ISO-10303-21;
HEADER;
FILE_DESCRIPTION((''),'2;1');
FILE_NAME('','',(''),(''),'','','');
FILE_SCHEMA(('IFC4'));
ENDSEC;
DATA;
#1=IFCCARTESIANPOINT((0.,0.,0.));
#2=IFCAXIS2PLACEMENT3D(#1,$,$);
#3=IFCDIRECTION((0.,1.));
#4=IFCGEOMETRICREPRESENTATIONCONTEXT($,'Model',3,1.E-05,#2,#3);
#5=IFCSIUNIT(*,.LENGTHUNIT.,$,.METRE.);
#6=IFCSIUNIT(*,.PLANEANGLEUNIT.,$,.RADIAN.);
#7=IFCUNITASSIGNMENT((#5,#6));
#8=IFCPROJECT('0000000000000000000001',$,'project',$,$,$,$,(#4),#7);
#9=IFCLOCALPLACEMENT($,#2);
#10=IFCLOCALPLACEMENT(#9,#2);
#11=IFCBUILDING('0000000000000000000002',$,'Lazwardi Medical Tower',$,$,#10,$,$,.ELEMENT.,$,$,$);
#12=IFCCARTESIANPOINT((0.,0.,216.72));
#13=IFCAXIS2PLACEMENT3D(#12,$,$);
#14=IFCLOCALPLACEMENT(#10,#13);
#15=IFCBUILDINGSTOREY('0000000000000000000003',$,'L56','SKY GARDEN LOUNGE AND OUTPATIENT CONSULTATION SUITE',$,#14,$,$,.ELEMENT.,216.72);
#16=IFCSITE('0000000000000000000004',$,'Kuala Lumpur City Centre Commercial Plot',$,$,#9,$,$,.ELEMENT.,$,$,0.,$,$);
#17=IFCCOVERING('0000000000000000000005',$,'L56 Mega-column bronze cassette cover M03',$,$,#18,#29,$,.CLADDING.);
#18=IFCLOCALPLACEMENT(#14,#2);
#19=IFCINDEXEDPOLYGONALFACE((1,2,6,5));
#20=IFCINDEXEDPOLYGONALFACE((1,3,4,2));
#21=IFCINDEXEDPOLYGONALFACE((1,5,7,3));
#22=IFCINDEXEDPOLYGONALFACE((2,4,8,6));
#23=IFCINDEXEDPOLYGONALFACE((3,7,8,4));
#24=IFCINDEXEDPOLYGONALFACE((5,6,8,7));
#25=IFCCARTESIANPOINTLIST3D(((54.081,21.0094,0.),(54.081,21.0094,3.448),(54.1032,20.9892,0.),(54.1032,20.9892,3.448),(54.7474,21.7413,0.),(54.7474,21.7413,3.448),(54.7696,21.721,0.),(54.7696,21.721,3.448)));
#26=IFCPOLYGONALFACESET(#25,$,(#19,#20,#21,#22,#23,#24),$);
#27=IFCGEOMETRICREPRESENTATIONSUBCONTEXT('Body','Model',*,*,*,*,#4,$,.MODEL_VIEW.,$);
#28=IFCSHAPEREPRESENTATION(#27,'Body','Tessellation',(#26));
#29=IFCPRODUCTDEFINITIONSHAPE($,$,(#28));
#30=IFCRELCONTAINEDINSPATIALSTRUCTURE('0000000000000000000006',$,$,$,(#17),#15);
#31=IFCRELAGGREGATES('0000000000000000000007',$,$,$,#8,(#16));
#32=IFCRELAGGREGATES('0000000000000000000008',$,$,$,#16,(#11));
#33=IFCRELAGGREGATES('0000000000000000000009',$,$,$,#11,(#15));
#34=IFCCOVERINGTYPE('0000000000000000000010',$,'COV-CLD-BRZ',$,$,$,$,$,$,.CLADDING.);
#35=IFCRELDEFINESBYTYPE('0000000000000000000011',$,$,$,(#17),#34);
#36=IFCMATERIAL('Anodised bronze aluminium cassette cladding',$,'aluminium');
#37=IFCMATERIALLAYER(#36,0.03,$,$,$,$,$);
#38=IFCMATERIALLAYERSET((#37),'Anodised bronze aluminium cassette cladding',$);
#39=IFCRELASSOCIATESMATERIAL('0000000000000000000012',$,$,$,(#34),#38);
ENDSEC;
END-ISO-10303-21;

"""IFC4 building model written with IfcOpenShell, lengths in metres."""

from ifc_helpers import new_model, si_unit, direction, frame, origin, origin_2d, place, context, subcontext, project, spatial, rectangle, extrude, material, layer, layer_set, type_object, element, save


model = new_model("IFC4")

# Units and contexts
model_context = context("Model", 3, precision=1e-05, world=origin(), true_north=direction((0.0, 1.0)))
body_context = subcontext(model_context, "Body", "Model", "MODEL_VIEW")
ifc_project = project(units=[si_unit("LENGTHUNIT", "METRE"), si_unit("PLANEANGLEUNIT", "RADIAN")], contexts=[model_context])

# Site, building, storey
site_placement = place(None, origin())
site = spatial("IfcSite", under=ifc_project, at=site_placement, Name="Kuala Lumpur City Centre Commercial Plot", CompositionType="ELEMENT", RefElevation=0.0)
building_placement = place(site_placement, origin())
building = spatial("IfcBuilding", under=site, at=building_placement, Name="Lazwardi Medical Tower", CompositionType="ELEMENT")
storey_placement = place(building_placement, frame((0.0, 0.0, 216.72)))
storey = spatial("IfcBuildingStorey", under=building, at=storey_placement, Name="L56", Description="SKY GARDEN LOUNGE AND OUTPATIENT CONSULTATION SUITE", CompositionType="ELEMENT", Elevation=216.72)

# Covering
ifc_material_1 = material(Name="Anodised bronze aluminium cassette cladding", Category="aluminium")
ifc_layer_1 = layer(ifc_material_1, 0.03)
ifc_layer_set_1 = layer_set([ifc_layer_1], Name="Anodised bronze aluminium cassette cladding")
covering_type = type_object("IfcCoveringType", Name="COV-CLD-BRZ", PredefinedType="CLADDING", material=ifc_layer_set_1)
covering_1_placement = place(storey_placement, frame((54.4253, 21.3652, 0.0), z_axis=(0.0, 0.0, 1.0), x_axis=(0.673241, 0.739423, 0.0)))
element("IfcCovering", 1, at=covering_1_placement, inside=storey, type_object=covering_type, Name="L56 Mega-column bronze cassette cover M03", PredefinedType="CLADDING", context=body_context, shape_type="SweptSolid", body=[
    extrude(rectangle(XDim=0.9897, YDim=0.03, at=origin_2d()), origin(), (0.0, 0.0, 1.0), 3.448),
])

save(model, "model.ifc")
